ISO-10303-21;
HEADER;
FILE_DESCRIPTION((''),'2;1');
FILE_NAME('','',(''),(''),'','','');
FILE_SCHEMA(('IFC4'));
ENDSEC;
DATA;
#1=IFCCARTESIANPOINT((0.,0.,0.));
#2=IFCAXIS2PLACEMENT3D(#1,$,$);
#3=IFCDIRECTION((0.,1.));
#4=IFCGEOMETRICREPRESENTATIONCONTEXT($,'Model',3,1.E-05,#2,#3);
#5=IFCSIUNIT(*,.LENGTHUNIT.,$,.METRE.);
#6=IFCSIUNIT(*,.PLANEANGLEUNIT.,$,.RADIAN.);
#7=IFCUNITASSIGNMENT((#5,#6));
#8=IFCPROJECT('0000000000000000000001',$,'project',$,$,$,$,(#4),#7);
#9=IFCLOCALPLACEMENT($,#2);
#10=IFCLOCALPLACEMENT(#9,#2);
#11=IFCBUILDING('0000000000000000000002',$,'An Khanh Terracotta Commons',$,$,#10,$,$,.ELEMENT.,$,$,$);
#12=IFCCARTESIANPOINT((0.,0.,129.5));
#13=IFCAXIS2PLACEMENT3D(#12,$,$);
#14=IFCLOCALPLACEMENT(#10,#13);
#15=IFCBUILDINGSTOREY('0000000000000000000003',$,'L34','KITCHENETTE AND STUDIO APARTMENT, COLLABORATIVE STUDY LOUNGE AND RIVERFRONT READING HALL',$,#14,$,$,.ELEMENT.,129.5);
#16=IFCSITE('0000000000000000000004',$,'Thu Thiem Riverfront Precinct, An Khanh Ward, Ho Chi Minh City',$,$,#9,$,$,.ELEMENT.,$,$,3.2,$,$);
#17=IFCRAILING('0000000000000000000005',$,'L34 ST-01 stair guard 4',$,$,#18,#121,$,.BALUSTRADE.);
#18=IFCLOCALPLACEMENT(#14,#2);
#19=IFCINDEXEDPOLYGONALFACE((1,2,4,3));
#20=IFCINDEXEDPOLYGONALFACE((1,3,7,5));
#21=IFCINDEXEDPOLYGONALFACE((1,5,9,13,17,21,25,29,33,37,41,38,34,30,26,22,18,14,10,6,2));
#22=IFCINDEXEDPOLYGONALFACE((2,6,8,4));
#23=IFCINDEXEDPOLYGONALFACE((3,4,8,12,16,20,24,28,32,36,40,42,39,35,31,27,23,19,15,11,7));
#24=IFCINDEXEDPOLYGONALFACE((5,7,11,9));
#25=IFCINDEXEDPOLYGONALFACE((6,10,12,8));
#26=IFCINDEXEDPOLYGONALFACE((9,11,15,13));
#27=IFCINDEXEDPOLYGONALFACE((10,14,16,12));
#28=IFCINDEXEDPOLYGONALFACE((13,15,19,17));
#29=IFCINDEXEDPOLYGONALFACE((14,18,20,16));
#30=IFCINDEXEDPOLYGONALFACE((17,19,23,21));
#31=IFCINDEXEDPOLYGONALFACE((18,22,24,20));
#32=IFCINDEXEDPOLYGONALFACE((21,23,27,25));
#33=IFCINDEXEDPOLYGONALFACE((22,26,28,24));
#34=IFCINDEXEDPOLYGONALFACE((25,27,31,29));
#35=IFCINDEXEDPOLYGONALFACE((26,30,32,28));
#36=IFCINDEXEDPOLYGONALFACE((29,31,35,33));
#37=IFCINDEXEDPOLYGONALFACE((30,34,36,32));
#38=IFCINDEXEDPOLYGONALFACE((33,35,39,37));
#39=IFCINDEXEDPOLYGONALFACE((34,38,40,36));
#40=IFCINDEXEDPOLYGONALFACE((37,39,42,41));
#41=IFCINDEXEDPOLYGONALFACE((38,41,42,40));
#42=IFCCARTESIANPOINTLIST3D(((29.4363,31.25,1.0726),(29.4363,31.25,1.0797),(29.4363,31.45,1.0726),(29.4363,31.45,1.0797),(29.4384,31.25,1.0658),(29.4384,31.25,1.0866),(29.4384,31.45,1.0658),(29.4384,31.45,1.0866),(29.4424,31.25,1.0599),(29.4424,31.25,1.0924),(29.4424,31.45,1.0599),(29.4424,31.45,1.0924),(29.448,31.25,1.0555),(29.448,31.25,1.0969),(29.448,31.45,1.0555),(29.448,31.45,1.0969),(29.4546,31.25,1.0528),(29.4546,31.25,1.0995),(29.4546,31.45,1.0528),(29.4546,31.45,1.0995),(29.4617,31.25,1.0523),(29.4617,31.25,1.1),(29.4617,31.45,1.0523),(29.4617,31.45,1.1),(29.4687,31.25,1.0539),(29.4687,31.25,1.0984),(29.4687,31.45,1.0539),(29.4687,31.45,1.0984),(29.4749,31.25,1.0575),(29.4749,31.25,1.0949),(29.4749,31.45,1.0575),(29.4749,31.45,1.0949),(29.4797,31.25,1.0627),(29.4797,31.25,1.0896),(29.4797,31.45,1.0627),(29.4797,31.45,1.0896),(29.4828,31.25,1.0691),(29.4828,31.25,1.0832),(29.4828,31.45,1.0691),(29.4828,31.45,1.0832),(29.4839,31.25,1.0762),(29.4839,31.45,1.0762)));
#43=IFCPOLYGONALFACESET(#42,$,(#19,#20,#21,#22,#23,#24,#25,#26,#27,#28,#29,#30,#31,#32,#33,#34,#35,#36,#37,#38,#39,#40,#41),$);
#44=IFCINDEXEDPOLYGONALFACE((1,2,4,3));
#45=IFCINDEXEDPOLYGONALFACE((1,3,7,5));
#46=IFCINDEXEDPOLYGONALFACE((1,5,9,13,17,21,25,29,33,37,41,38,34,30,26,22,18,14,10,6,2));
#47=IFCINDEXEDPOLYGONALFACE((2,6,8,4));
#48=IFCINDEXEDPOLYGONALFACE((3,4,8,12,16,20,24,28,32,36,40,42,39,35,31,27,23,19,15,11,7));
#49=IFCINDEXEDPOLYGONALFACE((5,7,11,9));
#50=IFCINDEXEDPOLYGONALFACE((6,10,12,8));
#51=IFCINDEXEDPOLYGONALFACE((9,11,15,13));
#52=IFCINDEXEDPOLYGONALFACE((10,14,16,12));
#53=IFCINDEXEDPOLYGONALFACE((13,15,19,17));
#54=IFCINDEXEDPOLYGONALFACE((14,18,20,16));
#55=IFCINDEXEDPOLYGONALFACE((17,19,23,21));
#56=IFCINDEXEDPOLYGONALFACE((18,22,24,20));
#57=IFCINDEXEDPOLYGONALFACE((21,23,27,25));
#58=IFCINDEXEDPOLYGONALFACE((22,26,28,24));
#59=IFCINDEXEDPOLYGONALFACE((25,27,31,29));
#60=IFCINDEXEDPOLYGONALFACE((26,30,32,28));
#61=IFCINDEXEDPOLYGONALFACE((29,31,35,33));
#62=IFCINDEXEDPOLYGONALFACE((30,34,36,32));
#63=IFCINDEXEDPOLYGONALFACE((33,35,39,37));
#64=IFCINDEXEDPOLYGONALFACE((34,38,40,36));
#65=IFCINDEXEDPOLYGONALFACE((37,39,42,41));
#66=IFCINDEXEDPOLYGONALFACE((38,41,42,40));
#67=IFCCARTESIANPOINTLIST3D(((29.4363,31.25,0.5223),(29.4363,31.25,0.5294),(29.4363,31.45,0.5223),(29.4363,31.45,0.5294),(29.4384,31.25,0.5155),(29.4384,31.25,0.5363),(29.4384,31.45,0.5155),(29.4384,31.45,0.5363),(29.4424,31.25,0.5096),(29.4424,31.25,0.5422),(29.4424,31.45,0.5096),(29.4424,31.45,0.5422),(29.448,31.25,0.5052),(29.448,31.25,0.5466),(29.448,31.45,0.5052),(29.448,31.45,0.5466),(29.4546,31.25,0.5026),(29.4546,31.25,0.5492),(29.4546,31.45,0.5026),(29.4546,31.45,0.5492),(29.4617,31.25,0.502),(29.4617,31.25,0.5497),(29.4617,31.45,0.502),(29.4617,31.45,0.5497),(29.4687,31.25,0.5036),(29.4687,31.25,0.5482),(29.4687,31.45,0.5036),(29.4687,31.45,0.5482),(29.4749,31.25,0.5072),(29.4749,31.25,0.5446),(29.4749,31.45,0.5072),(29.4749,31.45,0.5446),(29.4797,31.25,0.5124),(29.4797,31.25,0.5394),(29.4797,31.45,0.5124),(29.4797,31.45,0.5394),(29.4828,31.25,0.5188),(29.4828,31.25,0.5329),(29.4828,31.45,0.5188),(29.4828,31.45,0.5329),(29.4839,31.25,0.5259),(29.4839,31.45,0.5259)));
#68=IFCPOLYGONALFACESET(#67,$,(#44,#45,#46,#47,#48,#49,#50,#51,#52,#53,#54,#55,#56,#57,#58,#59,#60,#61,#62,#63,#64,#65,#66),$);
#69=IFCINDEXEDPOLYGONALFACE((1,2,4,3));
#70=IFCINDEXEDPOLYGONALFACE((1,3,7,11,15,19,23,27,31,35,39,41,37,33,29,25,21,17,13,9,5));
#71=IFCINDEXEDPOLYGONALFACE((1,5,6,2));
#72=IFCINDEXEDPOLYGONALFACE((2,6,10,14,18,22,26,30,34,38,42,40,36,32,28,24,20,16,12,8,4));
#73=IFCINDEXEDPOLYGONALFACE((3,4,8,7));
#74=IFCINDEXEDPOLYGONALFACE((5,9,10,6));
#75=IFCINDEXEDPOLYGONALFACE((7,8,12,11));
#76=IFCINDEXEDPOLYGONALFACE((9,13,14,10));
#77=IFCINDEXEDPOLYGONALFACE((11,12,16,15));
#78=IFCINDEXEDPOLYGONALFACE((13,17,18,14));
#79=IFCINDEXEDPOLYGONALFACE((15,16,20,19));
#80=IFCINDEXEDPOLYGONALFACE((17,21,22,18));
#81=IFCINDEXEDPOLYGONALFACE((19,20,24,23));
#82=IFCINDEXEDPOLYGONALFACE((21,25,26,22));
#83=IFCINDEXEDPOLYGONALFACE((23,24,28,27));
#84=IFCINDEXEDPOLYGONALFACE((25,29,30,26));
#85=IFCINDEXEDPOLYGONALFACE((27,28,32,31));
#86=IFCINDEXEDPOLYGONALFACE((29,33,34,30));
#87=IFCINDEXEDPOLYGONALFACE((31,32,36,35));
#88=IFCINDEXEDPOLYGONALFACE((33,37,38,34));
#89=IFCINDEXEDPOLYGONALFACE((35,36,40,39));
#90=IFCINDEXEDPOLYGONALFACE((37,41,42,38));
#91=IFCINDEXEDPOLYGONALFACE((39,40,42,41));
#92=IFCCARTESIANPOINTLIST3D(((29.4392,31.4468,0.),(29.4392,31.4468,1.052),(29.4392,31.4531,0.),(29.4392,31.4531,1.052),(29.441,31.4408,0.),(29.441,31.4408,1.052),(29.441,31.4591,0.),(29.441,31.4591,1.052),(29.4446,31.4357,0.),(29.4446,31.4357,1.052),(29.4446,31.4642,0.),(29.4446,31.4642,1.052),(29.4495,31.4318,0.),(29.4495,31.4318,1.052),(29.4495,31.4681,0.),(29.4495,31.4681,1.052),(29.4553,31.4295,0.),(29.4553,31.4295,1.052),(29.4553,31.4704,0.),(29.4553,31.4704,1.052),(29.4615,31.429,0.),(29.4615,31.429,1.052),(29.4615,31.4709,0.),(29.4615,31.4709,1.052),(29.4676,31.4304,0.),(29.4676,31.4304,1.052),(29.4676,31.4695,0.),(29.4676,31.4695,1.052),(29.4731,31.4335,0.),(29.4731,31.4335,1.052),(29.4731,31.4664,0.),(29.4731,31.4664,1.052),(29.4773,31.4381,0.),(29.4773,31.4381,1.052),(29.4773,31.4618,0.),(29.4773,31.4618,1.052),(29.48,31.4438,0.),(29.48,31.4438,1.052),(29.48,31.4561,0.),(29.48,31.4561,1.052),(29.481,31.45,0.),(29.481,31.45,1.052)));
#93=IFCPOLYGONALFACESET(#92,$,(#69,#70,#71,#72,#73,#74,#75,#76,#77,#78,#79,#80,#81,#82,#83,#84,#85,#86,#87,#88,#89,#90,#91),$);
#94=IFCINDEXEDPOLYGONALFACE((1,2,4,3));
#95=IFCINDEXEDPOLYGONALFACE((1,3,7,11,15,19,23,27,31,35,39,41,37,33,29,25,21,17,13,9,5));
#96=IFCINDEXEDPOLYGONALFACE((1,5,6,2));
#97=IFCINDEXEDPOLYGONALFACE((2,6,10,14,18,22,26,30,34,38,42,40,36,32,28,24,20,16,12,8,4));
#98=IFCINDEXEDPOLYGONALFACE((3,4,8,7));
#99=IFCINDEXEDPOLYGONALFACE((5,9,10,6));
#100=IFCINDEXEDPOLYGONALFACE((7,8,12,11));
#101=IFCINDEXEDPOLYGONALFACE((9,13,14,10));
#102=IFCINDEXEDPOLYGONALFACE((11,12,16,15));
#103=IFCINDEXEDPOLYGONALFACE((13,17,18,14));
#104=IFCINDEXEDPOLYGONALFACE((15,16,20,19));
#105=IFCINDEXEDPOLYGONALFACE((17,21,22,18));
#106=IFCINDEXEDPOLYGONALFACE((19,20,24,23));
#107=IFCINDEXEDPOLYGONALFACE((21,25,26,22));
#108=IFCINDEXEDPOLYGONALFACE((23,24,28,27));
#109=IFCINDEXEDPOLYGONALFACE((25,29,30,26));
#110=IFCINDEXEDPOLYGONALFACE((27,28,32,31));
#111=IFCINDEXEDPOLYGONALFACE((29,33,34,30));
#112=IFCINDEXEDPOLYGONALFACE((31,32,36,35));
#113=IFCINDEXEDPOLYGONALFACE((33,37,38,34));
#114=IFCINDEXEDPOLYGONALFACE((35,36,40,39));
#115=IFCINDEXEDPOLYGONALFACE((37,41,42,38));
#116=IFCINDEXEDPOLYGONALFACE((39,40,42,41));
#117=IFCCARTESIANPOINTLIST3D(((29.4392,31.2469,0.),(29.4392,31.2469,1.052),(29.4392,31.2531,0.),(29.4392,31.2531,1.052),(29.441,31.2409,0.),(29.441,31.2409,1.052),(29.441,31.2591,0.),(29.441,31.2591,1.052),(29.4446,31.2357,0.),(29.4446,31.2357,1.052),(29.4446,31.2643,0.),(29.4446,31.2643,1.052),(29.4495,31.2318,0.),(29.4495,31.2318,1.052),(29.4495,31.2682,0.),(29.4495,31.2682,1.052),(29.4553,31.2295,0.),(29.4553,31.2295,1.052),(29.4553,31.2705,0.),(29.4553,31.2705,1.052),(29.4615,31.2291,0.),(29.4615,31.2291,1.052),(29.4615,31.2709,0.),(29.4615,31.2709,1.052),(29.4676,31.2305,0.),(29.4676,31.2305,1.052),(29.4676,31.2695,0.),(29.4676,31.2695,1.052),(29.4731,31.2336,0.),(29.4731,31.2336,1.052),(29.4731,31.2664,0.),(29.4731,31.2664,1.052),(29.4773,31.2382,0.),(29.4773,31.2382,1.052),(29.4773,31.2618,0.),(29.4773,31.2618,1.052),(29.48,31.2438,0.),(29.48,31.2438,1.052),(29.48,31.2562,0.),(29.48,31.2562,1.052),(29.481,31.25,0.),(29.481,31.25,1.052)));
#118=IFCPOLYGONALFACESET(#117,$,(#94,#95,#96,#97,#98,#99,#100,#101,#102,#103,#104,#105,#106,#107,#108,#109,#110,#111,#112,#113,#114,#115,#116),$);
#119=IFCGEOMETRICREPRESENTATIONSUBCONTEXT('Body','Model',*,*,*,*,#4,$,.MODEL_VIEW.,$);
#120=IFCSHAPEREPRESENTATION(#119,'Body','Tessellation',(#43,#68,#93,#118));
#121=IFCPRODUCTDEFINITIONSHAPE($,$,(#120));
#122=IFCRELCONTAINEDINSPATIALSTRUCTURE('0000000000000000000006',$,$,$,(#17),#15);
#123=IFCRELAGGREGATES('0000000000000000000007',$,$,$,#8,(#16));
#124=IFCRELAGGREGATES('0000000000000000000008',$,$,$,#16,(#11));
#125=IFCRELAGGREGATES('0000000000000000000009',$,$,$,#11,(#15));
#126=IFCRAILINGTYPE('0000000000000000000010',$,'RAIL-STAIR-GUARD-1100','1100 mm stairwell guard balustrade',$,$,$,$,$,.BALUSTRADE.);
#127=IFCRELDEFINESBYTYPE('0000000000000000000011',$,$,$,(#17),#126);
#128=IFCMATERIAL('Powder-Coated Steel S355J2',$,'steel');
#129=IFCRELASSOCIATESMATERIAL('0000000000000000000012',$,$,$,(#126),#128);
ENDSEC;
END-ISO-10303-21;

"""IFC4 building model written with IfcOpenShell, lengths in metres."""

from ifc_helpers import new_model, si_unit, direction, frame, origin, origin_2d, place, context, subcontext, project, spatial, circle, extrude, material, type_object, element, save


model = new_model("IFC4")

# Units and contexts
model_context = context("Model", 3, precision=1e-05, world=origin(), true_north=direction((0.0, 1.0)))
body_context = subcontext(model_context, "Body", "Model", "MODEL_VIEW")
ifc_project = project(units=[si_unit("LENGTHUNIT", "METRE"), si_unit("PLANEANGLEUNIT", "RADIAN")], contexts=[model_context])

# Site, building, storey
site_placement = place(None, origin())
site = spatial("IfcSite", under=ifc_project, at=site_placement, Name="Thu Thiem Riverfront Precinct, An Khanh Ward, Ho Chi Minh City", CompositionType="ELEMENT", RefElevation=3.2)
building_placement = place(site_placement, origin())
building = spatial("IfcBuilding", under=site, at=building_placement, Name="An Khanh Terracotta Commons", CompositionType="ELEMENT")
storey_placement = place(building_placement, frame((0.0, 0.0, 129.5)))
storey = spatial("IfcBuildingStorey", under=building, at=storey_placement, Name="L34", Description="KITCHENETTE AND STUDIO APARTMENT, COLLABORATIVE STUDY LOUNGE AND RIVERFRONT READING HALL", CompositionType="ELEMENT", Elevation=129.5)

# Railing
ifc_material_1 = material(Name="Powder-Coated Steel S355J2", Category="steel")
railing_type_1 = type_object("IfcRailingType", Name="RAIL-STAIR-GUARD-1100", Description="1100 mm stairwell guard balustrade", PredefinedType="BALUSTRADE", material=ifc_material_1)
railing_1_placement = place(storey_placement, frame((29.46, 31.45, 0.0)))
element("IfcRailing", 1, at=railing_1_placement, inside=storey, type_object=railing_type_1, Name="L34 ST-01 stair guard 4", PredefinedType="BALUSTRADE", context=body_context, shape_type="SweptSolid", body=[
    extrude(circle(Radius=0.0239, at=origin_2d()), frame((0.0, 0.0, 1.0762), z_axis=(0.0, -1.0, 0.0), x_axis=(1.0, 0.0, 0.0)), (0.0, 0.0, 1.0), 0.2),
    extrude(circle(Radius=0.0239, at=origin_2d()), frame((0.0, 0.0, 0.5259), z_axis=(0.0, -1.0, 0.0), x_axis=(1.0, 0.0, 0.0)), (0.0, 0.0, 1.0), 0.2),
    extrude(circle(Radius=0.021, at=origin_2d()), origin(), (0.0, 0.0, 1.0), 1.052),
    extrude(circle(Radius=0.021, at=origin_2d()), frame((0.0, -0.2, 0.0)), (0.0, 0.0, 1.0), 1.052),
])

save(model, "model.ifc")
